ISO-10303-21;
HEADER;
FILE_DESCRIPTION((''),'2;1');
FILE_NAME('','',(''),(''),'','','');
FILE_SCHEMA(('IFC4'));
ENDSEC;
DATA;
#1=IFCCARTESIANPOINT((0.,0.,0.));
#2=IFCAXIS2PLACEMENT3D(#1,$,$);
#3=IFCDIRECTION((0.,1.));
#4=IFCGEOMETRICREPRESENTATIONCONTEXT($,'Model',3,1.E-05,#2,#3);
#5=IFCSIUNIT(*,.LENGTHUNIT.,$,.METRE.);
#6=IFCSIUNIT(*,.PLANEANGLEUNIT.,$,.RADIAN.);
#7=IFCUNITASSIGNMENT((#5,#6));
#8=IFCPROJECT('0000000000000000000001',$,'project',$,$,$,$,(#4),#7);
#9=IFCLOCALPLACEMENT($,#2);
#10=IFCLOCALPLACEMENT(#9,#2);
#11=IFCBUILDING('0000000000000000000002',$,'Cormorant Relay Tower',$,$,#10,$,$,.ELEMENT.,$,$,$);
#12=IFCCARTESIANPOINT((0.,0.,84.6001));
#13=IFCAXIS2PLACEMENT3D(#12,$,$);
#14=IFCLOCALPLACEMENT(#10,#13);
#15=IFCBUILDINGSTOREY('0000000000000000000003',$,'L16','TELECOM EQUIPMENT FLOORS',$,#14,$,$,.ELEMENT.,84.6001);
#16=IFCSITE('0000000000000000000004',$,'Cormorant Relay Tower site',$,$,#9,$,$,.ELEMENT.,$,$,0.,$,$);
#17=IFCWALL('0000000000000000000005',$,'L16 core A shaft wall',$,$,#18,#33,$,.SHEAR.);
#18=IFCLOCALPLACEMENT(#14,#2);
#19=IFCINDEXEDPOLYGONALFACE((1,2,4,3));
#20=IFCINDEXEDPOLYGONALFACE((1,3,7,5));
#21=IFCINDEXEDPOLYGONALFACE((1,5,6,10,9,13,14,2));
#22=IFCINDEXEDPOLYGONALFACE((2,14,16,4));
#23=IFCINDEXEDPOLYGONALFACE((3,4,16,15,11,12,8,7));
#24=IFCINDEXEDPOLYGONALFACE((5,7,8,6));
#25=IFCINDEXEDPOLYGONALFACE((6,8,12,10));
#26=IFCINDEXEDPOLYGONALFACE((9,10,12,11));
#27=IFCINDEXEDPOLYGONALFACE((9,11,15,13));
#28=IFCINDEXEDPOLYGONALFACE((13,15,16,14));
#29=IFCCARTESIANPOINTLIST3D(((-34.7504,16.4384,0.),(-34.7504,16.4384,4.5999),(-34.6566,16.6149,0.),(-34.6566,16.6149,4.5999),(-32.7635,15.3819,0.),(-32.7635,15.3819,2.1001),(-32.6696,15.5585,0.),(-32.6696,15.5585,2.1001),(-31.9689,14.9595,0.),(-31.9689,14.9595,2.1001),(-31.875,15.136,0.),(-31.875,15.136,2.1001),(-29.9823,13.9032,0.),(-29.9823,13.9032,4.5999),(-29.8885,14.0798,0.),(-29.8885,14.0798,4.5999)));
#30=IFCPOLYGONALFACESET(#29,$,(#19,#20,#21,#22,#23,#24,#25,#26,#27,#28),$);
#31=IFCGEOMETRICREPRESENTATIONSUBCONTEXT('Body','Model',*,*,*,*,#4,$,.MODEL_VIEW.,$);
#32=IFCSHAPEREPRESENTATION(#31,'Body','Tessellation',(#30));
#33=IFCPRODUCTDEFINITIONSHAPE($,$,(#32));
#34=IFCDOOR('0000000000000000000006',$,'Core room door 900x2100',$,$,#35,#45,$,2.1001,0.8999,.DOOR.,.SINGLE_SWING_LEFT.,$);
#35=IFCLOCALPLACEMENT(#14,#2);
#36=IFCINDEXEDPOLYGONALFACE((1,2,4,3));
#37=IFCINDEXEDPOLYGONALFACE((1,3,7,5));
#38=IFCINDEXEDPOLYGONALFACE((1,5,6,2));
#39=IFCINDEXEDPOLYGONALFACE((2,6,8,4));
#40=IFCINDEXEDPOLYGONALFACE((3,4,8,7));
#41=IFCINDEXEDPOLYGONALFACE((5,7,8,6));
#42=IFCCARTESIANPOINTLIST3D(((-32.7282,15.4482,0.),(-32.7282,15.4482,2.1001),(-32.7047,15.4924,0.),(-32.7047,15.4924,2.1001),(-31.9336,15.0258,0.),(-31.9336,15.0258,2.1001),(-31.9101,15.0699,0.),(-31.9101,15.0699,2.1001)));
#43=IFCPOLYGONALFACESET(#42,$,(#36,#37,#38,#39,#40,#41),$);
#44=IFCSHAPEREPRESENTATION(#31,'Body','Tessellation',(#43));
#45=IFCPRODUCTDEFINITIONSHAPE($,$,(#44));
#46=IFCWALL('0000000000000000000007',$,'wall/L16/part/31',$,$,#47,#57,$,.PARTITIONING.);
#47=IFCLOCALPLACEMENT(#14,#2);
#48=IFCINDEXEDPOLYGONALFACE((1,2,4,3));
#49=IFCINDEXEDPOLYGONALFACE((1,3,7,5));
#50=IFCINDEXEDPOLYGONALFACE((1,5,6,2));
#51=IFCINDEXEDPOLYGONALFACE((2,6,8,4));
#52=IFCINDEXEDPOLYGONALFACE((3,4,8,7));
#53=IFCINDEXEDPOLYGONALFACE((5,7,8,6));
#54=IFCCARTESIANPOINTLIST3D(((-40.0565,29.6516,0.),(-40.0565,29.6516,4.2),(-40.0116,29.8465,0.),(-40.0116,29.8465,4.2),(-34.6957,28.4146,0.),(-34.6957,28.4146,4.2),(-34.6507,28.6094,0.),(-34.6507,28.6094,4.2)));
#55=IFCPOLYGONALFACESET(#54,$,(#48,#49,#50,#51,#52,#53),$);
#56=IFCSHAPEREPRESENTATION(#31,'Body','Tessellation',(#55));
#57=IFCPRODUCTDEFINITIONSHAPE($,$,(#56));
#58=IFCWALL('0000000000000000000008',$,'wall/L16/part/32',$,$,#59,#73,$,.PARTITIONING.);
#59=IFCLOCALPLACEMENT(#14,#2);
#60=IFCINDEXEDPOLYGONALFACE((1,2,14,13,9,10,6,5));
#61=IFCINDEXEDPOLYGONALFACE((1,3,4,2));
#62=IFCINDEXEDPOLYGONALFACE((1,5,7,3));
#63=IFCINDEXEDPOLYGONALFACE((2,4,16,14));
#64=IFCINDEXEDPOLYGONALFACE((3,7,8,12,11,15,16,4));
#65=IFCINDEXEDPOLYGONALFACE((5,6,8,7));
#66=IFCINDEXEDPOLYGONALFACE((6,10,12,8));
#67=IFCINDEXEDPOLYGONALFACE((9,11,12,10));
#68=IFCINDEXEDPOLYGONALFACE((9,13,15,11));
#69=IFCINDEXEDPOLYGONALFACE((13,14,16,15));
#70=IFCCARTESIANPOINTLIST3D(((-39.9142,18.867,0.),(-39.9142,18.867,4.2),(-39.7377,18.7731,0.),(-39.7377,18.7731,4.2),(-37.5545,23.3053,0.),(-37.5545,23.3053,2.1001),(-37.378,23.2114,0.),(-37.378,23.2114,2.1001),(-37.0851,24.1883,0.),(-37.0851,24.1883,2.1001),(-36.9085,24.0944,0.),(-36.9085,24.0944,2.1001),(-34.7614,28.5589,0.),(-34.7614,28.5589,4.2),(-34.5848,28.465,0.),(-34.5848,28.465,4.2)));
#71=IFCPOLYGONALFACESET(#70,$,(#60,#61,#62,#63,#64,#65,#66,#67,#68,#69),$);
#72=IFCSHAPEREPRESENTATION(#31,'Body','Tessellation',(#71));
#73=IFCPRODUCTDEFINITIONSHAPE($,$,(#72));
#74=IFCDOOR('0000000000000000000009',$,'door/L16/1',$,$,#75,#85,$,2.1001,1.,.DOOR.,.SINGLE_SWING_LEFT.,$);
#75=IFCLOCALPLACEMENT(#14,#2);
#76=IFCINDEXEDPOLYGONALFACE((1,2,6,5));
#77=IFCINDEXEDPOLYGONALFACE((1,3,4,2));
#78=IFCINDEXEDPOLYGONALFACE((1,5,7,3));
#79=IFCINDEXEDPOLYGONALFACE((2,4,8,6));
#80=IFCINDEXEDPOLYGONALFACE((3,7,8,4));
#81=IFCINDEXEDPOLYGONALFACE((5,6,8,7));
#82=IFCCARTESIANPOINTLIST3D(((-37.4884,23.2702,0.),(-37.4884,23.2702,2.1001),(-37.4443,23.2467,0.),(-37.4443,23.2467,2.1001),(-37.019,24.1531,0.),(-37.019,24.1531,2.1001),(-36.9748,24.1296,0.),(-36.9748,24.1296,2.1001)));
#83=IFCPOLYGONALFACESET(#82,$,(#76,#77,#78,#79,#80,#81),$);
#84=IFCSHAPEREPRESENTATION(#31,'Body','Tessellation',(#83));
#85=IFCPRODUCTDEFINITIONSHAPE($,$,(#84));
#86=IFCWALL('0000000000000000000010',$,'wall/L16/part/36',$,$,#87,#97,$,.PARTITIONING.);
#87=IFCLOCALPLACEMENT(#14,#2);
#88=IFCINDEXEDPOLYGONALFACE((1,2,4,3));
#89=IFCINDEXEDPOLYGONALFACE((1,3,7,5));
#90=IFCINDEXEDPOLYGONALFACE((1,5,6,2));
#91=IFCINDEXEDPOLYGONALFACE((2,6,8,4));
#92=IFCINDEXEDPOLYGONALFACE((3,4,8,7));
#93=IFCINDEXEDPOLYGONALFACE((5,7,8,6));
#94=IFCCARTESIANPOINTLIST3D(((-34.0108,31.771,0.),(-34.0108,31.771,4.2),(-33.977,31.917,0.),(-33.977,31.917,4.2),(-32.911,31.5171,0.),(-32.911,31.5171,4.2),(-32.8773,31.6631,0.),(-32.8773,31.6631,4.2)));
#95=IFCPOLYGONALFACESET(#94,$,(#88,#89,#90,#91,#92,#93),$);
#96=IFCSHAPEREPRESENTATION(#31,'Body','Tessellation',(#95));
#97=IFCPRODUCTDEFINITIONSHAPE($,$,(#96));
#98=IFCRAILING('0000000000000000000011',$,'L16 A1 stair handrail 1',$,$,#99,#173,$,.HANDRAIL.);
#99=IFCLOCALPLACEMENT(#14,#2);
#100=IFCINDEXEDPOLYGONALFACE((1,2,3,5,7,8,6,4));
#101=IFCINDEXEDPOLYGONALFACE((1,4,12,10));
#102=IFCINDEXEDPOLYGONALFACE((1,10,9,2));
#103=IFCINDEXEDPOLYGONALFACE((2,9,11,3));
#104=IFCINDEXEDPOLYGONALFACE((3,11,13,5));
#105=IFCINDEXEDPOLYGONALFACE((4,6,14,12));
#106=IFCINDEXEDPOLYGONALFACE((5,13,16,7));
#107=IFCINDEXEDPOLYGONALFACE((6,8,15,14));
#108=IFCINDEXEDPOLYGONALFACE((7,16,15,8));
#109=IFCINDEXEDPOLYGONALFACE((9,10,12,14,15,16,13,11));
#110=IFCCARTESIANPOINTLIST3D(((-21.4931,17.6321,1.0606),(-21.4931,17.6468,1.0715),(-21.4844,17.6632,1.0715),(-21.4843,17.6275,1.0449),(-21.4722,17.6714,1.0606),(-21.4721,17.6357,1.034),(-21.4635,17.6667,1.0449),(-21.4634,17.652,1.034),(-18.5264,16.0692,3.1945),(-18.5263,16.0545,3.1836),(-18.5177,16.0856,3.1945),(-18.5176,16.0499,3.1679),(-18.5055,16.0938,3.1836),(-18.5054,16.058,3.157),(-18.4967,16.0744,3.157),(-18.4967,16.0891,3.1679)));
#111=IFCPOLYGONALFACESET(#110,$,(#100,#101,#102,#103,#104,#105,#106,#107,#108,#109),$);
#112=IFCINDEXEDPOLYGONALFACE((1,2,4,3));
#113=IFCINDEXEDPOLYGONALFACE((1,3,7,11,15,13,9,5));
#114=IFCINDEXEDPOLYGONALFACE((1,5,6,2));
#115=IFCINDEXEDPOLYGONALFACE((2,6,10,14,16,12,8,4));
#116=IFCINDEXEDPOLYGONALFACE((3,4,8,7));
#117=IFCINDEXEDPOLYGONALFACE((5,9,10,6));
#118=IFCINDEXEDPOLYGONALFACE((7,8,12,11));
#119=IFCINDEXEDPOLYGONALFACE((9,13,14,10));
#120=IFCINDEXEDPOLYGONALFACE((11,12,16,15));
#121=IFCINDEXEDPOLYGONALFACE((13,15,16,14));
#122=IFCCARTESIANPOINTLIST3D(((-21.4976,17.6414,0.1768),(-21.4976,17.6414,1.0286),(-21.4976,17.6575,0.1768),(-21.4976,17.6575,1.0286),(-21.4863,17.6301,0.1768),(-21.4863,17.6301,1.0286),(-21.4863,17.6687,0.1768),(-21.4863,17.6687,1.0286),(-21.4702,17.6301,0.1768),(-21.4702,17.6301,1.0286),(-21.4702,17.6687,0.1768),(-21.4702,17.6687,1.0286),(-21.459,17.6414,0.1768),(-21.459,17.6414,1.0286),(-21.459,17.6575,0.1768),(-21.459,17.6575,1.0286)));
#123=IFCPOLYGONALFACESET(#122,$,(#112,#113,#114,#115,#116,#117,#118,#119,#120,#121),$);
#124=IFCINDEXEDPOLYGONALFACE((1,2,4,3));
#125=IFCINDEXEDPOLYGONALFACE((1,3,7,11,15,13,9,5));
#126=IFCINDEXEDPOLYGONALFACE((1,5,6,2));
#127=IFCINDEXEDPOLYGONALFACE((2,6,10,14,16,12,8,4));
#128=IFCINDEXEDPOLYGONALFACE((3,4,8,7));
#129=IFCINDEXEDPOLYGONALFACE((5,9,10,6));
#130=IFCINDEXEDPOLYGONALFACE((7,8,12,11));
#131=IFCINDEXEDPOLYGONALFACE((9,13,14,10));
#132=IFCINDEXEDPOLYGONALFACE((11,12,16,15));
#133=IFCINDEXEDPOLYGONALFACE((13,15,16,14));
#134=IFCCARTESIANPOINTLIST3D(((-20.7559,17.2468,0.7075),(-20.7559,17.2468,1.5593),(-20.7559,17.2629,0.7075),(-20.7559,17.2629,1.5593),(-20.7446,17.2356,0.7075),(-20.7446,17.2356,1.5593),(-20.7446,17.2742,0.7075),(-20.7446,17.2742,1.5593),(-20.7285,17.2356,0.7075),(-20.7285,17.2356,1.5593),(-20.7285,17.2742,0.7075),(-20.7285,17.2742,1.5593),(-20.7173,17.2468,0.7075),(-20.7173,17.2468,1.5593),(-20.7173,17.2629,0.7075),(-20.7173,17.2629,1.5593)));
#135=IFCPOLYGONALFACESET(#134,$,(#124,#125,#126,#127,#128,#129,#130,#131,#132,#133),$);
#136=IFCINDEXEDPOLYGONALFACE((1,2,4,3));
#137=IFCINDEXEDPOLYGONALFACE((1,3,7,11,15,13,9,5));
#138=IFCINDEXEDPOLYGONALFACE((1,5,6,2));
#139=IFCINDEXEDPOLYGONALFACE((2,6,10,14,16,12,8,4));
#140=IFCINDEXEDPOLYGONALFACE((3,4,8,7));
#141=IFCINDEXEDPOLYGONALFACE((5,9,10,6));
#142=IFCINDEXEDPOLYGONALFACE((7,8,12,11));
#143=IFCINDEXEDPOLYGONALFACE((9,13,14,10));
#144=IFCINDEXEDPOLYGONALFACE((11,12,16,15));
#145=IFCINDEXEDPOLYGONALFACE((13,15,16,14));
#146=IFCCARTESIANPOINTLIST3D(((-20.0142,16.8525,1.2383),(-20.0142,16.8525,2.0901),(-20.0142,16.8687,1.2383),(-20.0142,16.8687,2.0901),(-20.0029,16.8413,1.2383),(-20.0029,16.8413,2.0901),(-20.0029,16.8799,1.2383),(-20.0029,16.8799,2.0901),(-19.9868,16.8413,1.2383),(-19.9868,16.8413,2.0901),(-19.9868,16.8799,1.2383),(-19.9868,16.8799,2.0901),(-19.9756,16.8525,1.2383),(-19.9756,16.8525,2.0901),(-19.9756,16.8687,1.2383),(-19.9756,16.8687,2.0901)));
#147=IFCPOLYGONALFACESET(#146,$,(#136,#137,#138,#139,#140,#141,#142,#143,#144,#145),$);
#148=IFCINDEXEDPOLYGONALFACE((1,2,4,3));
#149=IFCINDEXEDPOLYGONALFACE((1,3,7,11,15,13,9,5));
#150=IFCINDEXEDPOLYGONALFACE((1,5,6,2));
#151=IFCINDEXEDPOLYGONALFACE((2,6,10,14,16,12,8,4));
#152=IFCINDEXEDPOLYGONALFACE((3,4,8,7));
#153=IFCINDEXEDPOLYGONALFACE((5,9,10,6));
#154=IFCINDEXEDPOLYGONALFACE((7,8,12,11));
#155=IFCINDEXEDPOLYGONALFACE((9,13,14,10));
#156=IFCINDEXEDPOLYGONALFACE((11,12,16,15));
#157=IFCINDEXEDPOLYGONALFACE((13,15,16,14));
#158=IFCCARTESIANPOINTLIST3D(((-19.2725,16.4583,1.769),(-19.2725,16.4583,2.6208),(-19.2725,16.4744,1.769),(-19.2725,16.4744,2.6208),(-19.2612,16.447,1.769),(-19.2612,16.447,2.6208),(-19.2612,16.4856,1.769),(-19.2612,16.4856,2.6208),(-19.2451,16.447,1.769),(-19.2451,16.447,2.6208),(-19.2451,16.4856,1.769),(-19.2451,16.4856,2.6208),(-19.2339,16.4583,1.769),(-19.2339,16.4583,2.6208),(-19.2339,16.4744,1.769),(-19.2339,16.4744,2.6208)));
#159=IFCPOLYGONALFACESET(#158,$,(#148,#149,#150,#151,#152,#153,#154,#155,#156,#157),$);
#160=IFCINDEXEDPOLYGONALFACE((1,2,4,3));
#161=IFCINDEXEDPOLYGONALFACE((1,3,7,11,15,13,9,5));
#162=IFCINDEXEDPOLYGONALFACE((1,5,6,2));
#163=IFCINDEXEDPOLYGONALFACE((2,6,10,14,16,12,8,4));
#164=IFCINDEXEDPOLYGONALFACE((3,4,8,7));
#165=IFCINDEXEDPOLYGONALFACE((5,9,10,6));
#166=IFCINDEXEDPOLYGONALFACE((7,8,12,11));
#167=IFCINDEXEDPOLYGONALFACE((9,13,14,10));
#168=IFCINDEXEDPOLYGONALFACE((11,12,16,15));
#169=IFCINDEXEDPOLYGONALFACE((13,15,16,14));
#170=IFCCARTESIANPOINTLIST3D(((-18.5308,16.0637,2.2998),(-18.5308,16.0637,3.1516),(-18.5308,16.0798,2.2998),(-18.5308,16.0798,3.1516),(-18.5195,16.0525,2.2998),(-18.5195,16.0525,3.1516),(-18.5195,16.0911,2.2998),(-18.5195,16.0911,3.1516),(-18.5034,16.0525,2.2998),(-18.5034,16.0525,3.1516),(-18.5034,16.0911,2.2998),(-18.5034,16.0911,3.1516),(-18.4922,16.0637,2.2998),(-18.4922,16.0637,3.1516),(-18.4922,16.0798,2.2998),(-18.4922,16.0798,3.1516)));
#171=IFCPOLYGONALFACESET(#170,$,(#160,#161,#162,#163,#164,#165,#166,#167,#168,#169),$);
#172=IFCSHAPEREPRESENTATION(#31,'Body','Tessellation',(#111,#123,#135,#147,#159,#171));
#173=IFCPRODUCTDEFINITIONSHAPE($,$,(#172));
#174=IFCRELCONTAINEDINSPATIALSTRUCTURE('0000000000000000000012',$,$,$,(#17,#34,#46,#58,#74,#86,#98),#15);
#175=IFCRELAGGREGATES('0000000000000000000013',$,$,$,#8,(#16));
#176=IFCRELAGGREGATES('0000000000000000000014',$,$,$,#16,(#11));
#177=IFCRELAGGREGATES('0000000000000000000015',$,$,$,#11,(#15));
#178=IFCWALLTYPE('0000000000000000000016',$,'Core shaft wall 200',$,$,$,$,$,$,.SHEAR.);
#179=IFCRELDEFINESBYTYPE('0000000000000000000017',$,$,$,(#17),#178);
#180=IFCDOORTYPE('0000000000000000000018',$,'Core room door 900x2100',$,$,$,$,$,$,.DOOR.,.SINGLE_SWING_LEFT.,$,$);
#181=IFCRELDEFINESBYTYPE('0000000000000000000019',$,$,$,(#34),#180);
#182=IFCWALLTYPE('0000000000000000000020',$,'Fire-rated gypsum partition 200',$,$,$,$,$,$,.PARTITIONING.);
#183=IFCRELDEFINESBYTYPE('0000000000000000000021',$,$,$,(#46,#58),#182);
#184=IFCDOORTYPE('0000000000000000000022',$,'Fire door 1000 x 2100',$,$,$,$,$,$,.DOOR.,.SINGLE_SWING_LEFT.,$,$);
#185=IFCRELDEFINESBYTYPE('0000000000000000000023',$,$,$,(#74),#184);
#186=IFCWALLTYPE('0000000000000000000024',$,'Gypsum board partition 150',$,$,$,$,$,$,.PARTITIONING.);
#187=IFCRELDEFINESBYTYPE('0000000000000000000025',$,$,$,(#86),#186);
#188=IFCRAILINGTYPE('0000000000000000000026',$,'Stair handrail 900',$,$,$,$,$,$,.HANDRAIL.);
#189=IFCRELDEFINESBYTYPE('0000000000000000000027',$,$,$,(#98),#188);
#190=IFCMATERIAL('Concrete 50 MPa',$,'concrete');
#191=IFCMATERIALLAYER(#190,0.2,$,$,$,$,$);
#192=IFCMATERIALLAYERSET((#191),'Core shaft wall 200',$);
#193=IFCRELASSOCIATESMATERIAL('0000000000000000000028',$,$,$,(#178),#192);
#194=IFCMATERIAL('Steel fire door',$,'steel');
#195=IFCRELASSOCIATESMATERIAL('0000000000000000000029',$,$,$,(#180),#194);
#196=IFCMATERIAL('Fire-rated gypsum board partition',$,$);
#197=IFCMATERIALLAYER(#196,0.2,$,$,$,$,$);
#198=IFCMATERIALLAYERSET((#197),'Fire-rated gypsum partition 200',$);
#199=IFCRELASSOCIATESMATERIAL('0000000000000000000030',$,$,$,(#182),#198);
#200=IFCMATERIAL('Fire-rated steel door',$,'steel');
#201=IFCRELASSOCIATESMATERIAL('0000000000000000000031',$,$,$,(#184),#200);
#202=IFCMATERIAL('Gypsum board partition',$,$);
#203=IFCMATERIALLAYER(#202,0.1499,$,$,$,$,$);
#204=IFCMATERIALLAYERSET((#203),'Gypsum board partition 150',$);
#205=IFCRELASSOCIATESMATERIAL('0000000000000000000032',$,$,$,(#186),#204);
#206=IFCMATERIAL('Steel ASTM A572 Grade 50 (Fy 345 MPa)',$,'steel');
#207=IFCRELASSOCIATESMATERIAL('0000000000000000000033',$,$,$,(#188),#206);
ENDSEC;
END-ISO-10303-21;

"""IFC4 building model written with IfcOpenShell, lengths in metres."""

from ifc_helpers import new_model, si_unit, direction, frame, frame_2d, origin, place, context, subcontext, project, spatial, polyline, rectangle, outline, extrude, material, layer, layer_set, type_object, element, fill, save


model = new_model("IFC4")

# Units and contexts
model_context = context("Model", 3, precision=1e-05, world=origin(), true_north=direction((0.0, 1.0)))
body_context = subcontext(model_context, "Body", "Model", "MODEL_VIEW")
ifc_project = project(units=[si_unit("LENGTHUNIT", "METRE"), si_unit("PLANEANGLEUNIT", "RADIAN")], contexts=[model_context])

# Site, building, storey
site_placement = place(None, origin())
site = spatial("IfcSite", under=ifc_project, at=site_placement, Name="Cormorant Relay Tower site", CompositionType="ELEMENT", RefElevation=0.0)
building_placement = place(site_placement, origin())
building = spatial("IfcBuilding", under=site, at=building_placement, Name="Cormorant Relay Tower", CompositionType="ELEMENT")
storey_placement = place(building_placement, frame((0.0, 0.0, 84.6001)))
storey = spatial("IfcBuildingStorey", under=building, at=storey_placement, Name="L16", Description="TELECOM EQUIPMENT FLOORS", CompositionType="ELEMENT", Elevation=84.6001)

# Shared definitions
ifc_material_1 = material(Name="Concrete 50 MPa", Category="concrete")
ifc_layer_1 = layer(ifc_material_1, 0.2)
ifc_layer_set_1 = layer_set([ifc_layer_1], Name="Core shaft wall 200")
wall_type_1 = type_object("IfcWallType", Name="Core shaft wall 200", PredefinedType="SHEAR", material=ifc_layer_set_1)
ifc_material_2 = material(Name="Steel fire door", Category="steel")
door_type_1 = type_object("IfcDoorType", Name="Core room door 900x2100", OperationType="SINGLE_SWING_LEFT", PredefinedType="DOOR", material=ifc_material_2)

# Wall, opening, door
wall_1_placement = place(storey_placement, frame((-29.9353, 13.9915, 0.0), z_axis=(0.0, 0.0, 1.0), x_axis=(-0.882953, 0.469462, 0.0)))
wall_1 = element("IfcWall", 1, at=wall_1_placement, inside=storey, type_object=wall_type_1, Name="L16 core A shaft wall", PredefinedType="SHEAR", context=body_context, shape_type="SweptSolid", body=[
    extrude(rectangle(XDim=5.4001, YDim=0.2, at=frame_2d((2.7002, 0.0))), origin(), (0.0, 0.0, 1.0), 4.5999),
])
opening_1_placement = place(wall_1_placement, frame((2.25, 0.0, 0.0)))
opening_1 = element("IfcOpeningElement", 2, at=opening_1_placement, cuts=wall_1, PredefinedType="OPENING", context=body_context, shape_type="SweptSolid", body=[
    extrude(rectangle(XDim=0.8999, YDim=2.1001, at=frame_2d((0.45, 1.05))), frame((0.0, 0.1099, 0.0), z_axis=(0.0, -1.0, 0.0), x_axis=(1.0, 0.0, 0.0)), (0.0, 0.0, 1.0), 0.22),
])
door_1_placement = place(opening_1_placement, origin())
door_1 = element("IfcDoor", 3, at=door_1_placement, inside=storey, type_object=door_type_1, Name="Core room door 900x2100", OperationType="SINGLE_SWING_LEFT", OverallHeight=2.1001, OverallWidth=0.8999, PredefinedType="DOOR", context=body_context, shape_type="SweptSolid", body=[
    extrude(rectangle(XDim=0.8999, YDim=2.1001, at=frame_2d((0.45, 1.05))), frame((0.0, 0.0249, 0.0), z_axis=(0.0, -1.0, 0.0), x_axis=(1.0, 0.0, 0.0)), (0.0, 0.0, 1.0), 0.05),
])
fill(opening_1, door_1)

# Wall
ifc_material_3 = material(Name="Fire-rated gypsum board partition")
ifc_layer_2 = layer(ifc_material_3, 0.2)
ifc_layer_set_2 = layer_set([ifc_layer_2], Name="Fire-rated gypsum partition 200")
wall_type_2 = type_object("IfcWallType", Name="Fire-rated gypsum partition 200", PredefinedType="PARTITIONING", material=ifc_layer_set_2)
wall_2_placement = place(storey_placement, frame((-34.6731, 28.512, 0.0), z_axis=(0.0, 0.0, 1.0), x_axis=(-0.974393, 0.22485, 0.0)))
element("IfcWall", 4, at=wall_2_placement, inside=storey, type_object=wall_type_2, Name="wall/L16/part/31", PredefinedType="PARTITIONING", context=body_context, shape_type="SweptSolid", body=[
    extrude(rectangle(XDim=5.5017, YDim=0.2, at=frame_2d((2.751, 0.0))), origin(), (0.0, 0.0, 1.0), 4.2),
])

# Wall, opening, door
wall_3_placement = place(storey_placement, frame((-34.6731, 28.512, 0.0), z_axis=(0.0, 0.0, 1.0), x_axis=(-0.46944, -0.882964, 0.0)))
wall_3 = element("IfcWall", 5, at=wall_3_placement, inside=storey, type_object=wall_type_2, Name="wall/L16/part/32", PredefinedType="PARTITIONING", context=body_context, shape_type="SweptSolid", body=[
    extrude(rectangle(XDim=10.9766, YDim=0.2, at=frame_2d((5.4883, 0.0))), origin(), (0.0, 0.0, 1.0), 4.2),
])
opening_2_placement = place(wall_3_placement, frame((4.95, 0.0, 0.0)))
opening_2 = element("IfcOpeningElement", 6, at=opening_2_placement, cuts=wall_3, PredefinedType="OPENING", context=body_context, shape_type="SweptSolid", body=[
    extrude(rectangle(XDim=1.0, YDim=2.1001, at=frame_2d((0.5, 1.05))), frame((0.0, 0.1099, 0.0), z_axis=(0.0, -1.0, 0.0), x_axis=(1.0, 0.0, 0.0)), (0.0, 0.0, 1.0), 0.22),
])
ifc_material_4 = material(Name="Fire-rated steel door", Category="steel")
door_type_2 = type_object("IfcDoorType", Name="Fire door 1000 x 2100", OperationType="SINGLE_SWING_LEFT", PredefinedType="DOOR", material=ifc_material_4)
door_2_placement = place(opening_2_placement, origin())
door_2 = element("IfcDoor", 7, at=door_2_placement, inside=storey, type_object=door_type_2, Name="door/L16/1", OperationType="SINGLE_SWING_LEFT", OverallHeight=2.1001, OverallWidth=1.0, PredefinedType="DOOR", context=body_context, shape_type="SweptSolid", body=[
    extrude(rectangle(XDim=1.0, YDim=2.1001, at=frame_2d((0.5, 1.05))), frame((0.0, 0.0249, 0.0), z_axis=(0.0, -1.0, 0.0), x_axis=(1.0, 0.0, 0.0)), (0.0, 0.0, 1.0), 0.05),
])
fill(opening_2, door_2)

# Wall
ifc_material_5 = material(Name="Gypsum board partition")
ifc_layer_3 = layer(ifc_material_5, 0.1499)
ifc_layer_set_3 = layer_set([ifc_layer_3], Name="Gypsum board partition 150")
wall_type_3 = type_object("IfcWallType", Name="Gypsum board partition 150", PredefinedType="PARTITIONING", material=ifc_layer_set_3)
wall_4_placement = place(storey_placement, frame((-32.894, 31.5901, 0.0), z_axis=(0.0, 0.0, 1.0), x_axis=(-0.974373, 0.224938, 0.0)))
element("IfcWall", 8, at=wall_4_placement, inside=storey, type_object=wall_type_3, Name="wall/L16/part/36", PredefinedType="PARTITIONING", context=body_context, shape_type="SweptSolid", body=[
    extrude(rectangle(XDim=1.1287, YDim=0.1499, at=frame_2d((0.5645, 0.0))), origin(), (0.0, 0.0, 1.0), 4.2),
])

# Railing
ifc_material_6 = material(Name="Steel ASTM A572 Grade 50 (Fy 345 MPa)", Category="steel")
railing_type = type_object("IfcRailingType", Name="Stair handrail 900", PredefinedType="HANDRAIL", material=ifc_material_6)
railing_placement = place(storey_placement, frame((-21.4783, 17.6494, 0.1768)))
element("IfcRailing", 9, at=railing_placement, inside=storey, type_object=railing_type, Name="L16 A1 stair handrail 1", PredefinedType="HANDRAIL", context=body_context, shape_type="SweptSolid", body=[
    extrude(outline(polyline([(0.0222, 0.0093), (0.0093, 0.0222), (-0.0093, 0.0222), (-0.0222, 0.0093), (-0.0222, -0.0093), (-0.0093, -0.0222), (0.0093, -0.0222), (0.0222, -0.0093), (0.0222, 0.0093)])), frame((0.0, 0.0, 0.876), z_axis=(0.746422, -0.396921, 0.534142), x_axis=(0.469509, 0.882928, 0.0)), (0.0, 0.0, 1.0), 3.9746),
    extrude(outline(polyline([(0.0193, 0.0081), (0.0081, 0.0193), (-0.0081, 0.0193), (-0.0193, 0.0081), (-0.0193, -0.0081), (-0.0081, -0.0193), (0.0081, -0.0193), (0.0193, -0.0081), (0.0193, 0.0081)])), origin(), (0.0, 0.0, 1.0), 0.8518),
    extrude(outline(polyline([(0.0193, 0.0081), (0.0081, 0.0193), (-0.0081, 0.0193), (-0.0193, 0.0081), (-0.0193, -0.0081), (-0.0081, -0.0193), (0.0081, -0.0193), (0.0193, -0.0081), (0.0193, 0.0081)])), frame((0.7417, -0.3945, 0.5308)), (0.0, 0.0, 1.0), 0.8518),
    extrude(outline(polyline([(0.0193, 0.0081), (0.0081, 0.0193), (-0.0081, 0.0193), (-0.0193, 0.0081), (-0.0193, -0.0081), (-0.0081, -0.0193), (0.0081, -0.0193), (0.0193, -0.0081), (0.0193, 0.0081)])), frame((1.4834, -0.7888, 1.0615)), (0.0, 0.0, 1.0), 0.8518),
    extrude(outline(polyline([(0.0193, 0.0081), (0.0081, 0.0193), (-0.0081, 0.0193), (-0.0193, 0.0081), (-0.0193, -0.0081), (-0.0081, -0.0193), (0.0081, -0.0193), (0.0193, -0.0081), (0.0193, 0.0081)])), frame((2.2251, -1.1831, 1.5923)), (0.0, 0.0, 1.0), 0.8518),
    extrude(outline(polyline([(0.0193, 0.0081), (0.0081, 0.0193), (-0.0081, 0.0193), (-0.0193, 0.0081), (-0.0193, -0.0081), (-0.0081, -0.0193), (0.0081, -0.0193), (0.0193, -0.0081), (0.0193, 0.0081)])), frame((2.9668, -1.5776, 2.123)), (0.0, 0.0, 1.0), 0.8518),
])

save(model, "model.ifc")
